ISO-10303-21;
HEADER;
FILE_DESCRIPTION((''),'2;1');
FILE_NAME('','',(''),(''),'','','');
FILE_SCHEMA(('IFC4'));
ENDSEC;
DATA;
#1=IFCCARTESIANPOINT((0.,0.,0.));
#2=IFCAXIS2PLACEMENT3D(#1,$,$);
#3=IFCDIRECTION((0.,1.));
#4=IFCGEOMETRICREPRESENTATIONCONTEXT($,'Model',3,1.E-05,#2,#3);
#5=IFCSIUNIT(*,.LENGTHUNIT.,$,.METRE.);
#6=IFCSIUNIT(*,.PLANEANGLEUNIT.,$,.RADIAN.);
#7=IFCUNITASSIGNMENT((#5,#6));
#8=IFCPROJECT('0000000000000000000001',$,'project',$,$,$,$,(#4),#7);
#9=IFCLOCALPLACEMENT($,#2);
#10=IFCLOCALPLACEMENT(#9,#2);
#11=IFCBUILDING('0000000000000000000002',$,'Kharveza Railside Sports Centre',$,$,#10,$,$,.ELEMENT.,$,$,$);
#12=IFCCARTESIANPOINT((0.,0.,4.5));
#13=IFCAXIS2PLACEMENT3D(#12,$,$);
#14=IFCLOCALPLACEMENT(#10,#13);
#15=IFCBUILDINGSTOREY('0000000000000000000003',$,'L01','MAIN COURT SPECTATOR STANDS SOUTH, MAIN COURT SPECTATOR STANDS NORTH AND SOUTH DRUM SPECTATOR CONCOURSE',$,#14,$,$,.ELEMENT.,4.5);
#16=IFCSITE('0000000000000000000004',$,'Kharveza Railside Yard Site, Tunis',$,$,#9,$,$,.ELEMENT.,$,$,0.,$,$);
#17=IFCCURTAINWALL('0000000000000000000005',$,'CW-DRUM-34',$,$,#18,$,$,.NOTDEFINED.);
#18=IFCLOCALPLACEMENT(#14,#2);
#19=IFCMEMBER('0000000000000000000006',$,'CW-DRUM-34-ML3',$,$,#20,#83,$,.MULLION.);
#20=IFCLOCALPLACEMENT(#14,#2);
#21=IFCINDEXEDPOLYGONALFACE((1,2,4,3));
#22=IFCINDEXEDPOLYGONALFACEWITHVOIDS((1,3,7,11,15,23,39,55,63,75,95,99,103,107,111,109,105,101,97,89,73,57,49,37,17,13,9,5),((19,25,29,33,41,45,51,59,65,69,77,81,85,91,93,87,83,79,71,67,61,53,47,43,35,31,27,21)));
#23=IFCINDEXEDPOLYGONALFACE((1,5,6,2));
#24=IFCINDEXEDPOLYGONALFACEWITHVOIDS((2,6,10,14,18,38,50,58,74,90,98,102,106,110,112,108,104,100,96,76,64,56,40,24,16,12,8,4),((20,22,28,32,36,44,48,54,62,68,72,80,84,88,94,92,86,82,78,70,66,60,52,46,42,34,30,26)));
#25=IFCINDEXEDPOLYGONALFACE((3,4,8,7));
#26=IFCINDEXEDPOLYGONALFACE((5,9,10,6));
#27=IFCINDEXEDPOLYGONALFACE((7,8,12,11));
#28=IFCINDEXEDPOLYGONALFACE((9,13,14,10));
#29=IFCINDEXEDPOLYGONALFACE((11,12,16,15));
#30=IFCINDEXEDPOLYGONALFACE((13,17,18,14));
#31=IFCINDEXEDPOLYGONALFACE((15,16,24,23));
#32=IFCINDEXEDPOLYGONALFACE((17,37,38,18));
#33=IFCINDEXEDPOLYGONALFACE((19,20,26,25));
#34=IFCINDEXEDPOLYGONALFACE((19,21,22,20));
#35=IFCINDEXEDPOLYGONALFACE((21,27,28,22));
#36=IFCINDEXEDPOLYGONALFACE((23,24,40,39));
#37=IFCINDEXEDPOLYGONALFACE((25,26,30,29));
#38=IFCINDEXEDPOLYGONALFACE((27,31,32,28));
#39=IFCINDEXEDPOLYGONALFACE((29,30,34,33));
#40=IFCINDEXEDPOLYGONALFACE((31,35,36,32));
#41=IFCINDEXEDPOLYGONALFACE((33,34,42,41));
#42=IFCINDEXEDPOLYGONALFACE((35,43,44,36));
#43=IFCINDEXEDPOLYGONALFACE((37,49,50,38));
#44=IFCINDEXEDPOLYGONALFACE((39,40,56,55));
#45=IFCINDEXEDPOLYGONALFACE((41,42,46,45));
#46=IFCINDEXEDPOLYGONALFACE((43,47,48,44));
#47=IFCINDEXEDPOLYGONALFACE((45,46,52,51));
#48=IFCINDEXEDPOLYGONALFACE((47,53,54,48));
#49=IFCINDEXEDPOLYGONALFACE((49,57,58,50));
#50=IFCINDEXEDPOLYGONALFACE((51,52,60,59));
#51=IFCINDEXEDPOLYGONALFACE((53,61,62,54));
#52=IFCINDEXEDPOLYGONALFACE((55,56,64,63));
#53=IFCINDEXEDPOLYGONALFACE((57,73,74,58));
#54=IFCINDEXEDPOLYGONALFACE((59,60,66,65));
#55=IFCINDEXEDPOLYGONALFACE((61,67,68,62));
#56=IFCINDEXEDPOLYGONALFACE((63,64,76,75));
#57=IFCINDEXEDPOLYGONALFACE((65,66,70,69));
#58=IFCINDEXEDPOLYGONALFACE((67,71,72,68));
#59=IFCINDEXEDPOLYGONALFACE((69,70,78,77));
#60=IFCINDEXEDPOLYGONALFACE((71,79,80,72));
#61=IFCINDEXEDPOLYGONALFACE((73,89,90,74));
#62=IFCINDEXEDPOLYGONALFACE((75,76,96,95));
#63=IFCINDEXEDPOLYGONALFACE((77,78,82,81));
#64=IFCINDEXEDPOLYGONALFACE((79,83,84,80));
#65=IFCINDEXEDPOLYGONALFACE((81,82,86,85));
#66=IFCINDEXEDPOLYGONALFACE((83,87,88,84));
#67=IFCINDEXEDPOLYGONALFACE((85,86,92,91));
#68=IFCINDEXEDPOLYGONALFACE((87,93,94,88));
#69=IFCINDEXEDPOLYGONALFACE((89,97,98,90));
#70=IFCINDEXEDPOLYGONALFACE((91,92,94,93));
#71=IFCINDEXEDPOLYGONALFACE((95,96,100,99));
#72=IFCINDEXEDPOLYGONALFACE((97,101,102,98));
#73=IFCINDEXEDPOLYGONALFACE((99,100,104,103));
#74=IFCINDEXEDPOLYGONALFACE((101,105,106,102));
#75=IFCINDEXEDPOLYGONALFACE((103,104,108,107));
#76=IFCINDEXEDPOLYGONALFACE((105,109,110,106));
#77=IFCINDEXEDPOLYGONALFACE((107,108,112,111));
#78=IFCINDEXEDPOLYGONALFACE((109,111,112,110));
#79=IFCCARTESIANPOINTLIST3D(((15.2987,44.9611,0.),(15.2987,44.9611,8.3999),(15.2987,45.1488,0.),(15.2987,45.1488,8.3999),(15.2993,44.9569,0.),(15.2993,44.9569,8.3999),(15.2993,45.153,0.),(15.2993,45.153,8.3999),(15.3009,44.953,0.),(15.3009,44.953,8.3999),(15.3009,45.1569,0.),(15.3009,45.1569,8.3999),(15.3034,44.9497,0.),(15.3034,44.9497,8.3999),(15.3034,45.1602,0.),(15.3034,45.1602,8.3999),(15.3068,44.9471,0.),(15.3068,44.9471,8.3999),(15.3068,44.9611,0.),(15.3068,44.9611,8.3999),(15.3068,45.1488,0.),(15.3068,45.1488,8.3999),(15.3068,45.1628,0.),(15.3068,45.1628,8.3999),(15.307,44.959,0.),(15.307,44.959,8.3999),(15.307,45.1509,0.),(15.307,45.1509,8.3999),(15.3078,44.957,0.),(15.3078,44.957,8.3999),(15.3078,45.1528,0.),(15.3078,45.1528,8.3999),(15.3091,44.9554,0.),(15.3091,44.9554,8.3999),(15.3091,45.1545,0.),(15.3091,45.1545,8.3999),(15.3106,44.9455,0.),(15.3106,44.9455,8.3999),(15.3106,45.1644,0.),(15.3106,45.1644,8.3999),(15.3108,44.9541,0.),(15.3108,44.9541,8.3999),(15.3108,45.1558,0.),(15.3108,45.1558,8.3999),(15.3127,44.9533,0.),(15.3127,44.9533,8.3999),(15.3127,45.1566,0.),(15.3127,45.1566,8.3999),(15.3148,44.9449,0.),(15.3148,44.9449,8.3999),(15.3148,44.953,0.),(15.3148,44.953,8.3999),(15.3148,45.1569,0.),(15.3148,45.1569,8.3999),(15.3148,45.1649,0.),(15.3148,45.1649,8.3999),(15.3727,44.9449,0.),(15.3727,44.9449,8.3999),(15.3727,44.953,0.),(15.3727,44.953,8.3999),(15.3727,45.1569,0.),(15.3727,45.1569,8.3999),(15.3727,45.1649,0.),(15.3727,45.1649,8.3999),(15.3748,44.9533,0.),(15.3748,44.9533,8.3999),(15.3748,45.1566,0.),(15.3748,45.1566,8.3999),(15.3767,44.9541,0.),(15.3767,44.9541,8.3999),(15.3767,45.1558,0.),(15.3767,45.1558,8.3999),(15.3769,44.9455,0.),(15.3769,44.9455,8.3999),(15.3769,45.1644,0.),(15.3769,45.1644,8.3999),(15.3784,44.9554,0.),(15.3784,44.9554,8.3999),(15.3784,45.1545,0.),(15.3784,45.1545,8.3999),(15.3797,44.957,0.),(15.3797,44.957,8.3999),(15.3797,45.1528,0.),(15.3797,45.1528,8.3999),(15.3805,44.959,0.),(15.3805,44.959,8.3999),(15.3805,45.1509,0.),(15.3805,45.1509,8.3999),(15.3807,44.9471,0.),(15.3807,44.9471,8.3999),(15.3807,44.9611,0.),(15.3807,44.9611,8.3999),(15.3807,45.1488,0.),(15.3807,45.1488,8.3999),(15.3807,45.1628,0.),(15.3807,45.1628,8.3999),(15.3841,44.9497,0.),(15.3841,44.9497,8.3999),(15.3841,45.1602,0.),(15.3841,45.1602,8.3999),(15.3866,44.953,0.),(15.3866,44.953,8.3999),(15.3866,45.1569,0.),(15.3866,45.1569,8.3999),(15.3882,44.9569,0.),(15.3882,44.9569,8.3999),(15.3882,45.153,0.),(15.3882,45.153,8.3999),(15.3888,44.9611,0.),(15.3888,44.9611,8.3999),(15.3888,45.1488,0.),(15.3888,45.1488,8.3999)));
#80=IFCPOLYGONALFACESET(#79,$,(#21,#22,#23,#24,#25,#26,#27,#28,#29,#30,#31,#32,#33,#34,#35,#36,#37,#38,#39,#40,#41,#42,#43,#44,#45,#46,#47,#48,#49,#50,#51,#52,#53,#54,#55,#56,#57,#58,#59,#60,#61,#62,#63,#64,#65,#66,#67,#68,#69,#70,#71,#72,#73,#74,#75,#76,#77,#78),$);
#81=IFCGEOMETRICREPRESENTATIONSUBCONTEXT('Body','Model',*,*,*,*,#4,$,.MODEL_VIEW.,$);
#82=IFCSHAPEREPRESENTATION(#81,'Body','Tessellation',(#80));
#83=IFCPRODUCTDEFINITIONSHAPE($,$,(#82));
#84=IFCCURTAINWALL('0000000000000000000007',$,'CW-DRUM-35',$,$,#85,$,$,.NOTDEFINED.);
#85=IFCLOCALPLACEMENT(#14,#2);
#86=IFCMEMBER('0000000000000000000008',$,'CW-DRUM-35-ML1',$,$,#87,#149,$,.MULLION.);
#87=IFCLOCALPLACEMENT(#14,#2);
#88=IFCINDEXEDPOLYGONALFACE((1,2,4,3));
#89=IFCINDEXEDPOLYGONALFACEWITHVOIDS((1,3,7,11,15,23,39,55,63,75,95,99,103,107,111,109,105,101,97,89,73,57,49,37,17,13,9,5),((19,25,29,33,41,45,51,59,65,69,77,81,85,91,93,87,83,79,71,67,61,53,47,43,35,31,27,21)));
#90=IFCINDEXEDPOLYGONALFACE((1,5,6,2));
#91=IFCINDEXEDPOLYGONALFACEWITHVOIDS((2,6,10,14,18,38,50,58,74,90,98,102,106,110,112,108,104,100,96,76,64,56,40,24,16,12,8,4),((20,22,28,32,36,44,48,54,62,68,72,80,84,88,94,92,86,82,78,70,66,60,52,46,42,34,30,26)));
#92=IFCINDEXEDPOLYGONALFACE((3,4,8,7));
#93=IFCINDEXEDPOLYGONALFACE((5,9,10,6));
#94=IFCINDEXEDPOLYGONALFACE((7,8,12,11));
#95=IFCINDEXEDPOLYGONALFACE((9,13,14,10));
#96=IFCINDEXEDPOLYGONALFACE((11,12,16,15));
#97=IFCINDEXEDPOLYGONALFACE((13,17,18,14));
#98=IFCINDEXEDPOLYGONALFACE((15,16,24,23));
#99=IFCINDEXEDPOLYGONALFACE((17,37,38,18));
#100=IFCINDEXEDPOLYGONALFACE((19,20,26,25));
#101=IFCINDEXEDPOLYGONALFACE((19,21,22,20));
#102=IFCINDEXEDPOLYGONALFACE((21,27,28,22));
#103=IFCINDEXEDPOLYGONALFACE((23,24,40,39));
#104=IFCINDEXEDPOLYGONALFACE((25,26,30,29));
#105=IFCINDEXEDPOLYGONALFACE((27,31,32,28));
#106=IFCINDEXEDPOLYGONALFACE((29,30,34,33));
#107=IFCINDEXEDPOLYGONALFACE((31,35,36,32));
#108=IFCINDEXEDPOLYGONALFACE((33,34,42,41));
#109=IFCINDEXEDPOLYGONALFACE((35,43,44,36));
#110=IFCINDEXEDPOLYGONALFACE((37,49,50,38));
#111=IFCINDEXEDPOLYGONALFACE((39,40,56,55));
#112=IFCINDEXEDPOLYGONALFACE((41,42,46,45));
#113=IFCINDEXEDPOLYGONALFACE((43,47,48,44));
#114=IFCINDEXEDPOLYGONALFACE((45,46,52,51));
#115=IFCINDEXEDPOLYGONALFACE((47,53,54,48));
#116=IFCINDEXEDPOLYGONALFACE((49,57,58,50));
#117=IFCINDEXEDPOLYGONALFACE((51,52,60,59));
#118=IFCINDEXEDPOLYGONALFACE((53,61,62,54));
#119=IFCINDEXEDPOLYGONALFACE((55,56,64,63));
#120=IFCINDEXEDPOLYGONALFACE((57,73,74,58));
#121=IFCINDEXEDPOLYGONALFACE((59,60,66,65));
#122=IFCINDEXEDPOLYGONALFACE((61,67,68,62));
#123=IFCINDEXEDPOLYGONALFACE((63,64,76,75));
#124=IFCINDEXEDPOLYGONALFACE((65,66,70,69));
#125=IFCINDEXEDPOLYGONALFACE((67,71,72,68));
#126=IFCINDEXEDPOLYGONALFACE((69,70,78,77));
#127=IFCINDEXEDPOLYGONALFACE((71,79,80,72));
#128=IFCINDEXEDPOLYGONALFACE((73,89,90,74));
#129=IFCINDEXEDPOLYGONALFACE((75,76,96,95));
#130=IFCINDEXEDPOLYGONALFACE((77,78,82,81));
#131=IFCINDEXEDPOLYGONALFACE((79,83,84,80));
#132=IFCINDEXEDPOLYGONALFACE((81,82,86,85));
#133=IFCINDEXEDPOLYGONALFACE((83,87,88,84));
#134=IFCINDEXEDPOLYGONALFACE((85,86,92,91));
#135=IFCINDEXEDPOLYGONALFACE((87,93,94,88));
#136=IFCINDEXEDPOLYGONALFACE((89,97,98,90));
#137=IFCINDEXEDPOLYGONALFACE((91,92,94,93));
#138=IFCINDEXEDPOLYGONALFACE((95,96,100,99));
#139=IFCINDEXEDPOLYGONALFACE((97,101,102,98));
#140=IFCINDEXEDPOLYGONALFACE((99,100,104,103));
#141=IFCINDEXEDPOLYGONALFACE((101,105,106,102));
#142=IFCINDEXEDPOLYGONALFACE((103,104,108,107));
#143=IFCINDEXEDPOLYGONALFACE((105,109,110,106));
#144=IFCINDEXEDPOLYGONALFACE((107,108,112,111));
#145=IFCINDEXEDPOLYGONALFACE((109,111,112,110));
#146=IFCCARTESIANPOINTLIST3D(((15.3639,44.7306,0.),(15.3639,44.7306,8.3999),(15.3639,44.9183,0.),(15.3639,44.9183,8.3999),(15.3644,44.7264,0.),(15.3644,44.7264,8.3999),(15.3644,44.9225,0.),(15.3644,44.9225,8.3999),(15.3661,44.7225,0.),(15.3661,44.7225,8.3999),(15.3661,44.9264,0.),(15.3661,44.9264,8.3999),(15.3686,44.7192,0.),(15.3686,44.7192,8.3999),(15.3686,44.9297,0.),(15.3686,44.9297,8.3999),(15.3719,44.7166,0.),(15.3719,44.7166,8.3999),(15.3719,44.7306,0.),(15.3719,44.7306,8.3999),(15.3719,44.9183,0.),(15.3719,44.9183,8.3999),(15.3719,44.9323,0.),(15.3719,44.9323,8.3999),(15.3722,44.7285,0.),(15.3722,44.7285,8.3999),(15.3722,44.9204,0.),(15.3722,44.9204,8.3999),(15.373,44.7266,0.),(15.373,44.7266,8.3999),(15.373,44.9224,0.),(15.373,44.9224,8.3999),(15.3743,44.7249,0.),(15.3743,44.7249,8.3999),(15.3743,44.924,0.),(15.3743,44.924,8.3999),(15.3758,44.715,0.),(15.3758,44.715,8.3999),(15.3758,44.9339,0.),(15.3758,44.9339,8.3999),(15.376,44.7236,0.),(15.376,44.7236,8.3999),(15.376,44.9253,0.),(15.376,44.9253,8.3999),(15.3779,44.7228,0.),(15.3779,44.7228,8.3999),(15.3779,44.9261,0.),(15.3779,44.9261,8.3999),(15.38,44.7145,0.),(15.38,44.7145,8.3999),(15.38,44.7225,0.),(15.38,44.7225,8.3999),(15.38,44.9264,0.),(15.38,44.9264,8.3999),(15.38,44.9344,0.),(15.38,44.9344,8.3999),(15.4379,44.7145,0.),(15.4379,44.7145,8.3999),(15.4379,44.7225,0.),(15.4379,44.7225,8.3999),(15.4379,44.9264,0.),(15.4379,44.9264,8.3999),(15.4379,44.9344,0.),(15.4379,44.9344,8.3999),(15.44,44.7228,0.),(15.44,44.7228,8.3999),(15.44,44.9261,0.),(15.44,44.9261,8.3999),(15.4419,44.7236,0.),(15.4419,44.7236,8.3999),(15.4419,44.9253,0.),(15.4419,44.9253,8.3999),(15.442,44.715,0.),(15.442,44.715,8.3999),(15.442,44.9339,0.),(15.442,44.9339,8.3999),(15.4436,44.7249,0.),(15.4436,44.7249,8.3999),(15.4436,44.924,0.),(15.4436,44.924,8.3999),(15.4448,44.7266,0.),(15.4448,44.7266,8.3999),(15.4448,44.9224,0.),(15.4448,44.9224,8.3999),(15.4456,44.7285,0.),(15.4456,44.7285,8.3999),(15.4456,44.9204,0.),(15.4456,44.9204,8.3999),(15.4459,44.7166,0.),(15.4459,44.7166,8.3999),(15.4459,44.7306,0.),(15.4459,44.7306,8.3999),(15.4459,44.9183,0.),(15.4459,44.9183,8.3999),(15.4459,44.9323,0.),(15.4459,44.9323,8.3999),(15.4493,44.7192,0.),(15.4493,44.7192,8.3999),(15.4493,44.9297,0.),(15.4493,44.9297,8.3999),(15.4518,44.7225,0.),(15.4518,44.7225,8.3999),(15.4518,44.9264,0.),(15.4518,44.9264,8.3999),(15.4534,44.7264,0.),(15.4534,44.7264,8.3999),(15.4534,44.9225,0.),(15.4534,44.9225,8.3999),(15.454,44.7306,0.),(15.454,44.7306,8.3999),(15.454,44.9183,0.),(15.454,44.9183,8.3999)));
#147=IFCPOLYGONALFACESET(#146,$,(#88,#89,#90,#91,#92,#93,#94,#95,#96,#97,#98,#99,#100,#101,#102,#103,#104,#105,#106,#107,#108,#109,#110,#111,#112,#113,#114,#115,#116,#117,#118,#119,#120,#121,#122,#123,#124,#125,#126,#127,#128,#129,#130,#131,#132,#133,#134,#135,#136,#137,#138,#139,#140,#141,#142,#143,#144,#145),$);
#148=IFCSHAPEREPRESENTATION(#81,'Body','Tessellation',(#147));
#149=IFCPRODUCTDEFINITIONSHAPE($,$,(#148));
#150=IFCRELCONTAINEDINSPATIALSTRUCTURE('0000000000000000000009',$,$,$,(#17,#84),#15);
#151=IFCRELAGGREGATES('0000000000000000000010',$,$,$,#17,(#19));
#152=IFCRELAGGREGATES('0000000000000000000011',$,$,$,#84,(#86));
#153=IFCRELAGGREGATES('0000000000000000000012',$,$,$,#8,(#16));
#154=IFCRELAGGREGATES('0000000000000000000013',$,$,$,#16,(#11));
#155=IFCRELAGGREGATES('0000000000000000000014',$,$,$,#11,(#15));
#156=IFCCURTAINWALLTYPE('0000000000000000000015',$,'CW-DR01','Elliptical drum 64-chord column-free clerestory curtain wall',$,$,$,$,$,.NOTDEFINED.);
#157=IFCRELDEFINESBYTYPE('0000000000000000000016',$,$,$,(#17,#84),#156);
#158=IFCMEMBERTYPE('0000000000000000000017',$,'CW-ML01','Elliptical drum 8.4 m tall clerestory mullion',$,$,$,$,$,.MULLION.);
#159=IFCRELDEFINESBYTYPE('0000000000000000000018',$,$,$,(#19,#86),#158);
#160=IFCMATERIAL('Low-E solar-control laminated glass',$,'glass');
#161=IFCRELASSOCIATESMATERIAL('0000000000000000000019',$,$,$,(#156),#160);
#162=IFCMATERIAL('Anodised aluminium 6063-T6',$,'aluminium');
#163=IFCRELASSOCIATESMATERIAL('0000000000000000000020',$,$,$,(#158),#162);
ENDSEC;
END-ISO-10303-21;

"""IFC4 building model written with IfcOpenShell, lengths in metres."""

from ifc_helpers import new_model, si_unit, direction, frame, origin, origin_2d, place, context, subcontext, project, spatial, hollow_rectangle, extrude, material, material_profile, profile_set, type_object, element, aggregate, save


model = new_model("IFC4")

# Units and contexts
model_context = context("Model", 3, precision=1e-05, world=origin(), true_north=direction((0.0, 1.0)))
body_context = subcontext(model_context, "Body", "Model", "MODEL_VIEW")
ifc_project = project(units=[si_unit("LENGTHUNIT", "METRE"), si_unit("PLANEANGLEUNIT", "RADIAN")], contexts=[model_context])

# Site, building, storey
site_placement = place(None, origin())
site = spatial("IfcSite", under=ifc_project, at=site_placement, Name="Kharveza Railside Yard Site, Tunis", CompositionType="ELEMENT", RefElevation=0.0)
building_placement = place(site_placement, origin())
building = spatial("IfcBuilding", under=site, at=building_placement, Name="Kharveza Railside Sports Centre", CompositionType="ELEMENT")
storey_placement = place(building_placement, frame((0.0, 0.0, 4.5)))
storey = spatial("IfcBuildingStorey", under=building, at=storey_placement, Name="L01", Description="MAIN COURT SPECTATOR STANDS SOUTH, MAIN COURT SPECTATOR STANDS NORTH AND SOUTH DRUM SPECTATOR CONCOURSE", CompositionType="ELEMENT", Elevation=4.5)

# Curtain walls, members
ifc_material_1 = material(Name="Low-E solar-control laminated glass", Category="glass")
curtain_wall_type = type_object("IfcCurtainWallType", Name="CW-DR01", Description="Elliptical drum 64-chord column-free clerestory curtain wall", PredefinedType="NOTDEFINED", material=ifc_material_1)
ifc_material_2 = material(Name="Anodised aluminium 6063-T6", Category="aluminium")
ifc_material_profile_1 = material_profile(ifc_material_2, hollow_rectangle(XDim=0.0901, YDim=0.22, WallThickness=0.0081, InnerFilletRadius=0.0081, OuterFilletRadius=0.0161, at=origin_2d()), Name="RHS 90x220x8.0")
ifc_profile_set_1 = profile_set([ifc_material_profile_1], Name="Anodised aluminium 6063-T6")
member_type_1 = type_object("IfcMemberType", Name="CW-ML01", Description="Elliptical drum 8.4 m tall clerestory mullion", PredefinedType="MULLION", material=ifc_profile_set_1)
curtain_wall_1_placement = place(storey_placement, origin())
curtain_wall_1 = element("IfcCurtainWall", 1, at=curtain_wall_1_placement, inside=storey, type_object=curtain_wall_type, Name="CW-DRUM-34", PredefinedType="NOTDEFINED")
member_1_placement = place(storey_placement, frame((15.3438, 45.0549, 0.0), z_axis=(0.0, 0.0, 1.0), x_axis=(1.0, 0.0, 0.0)))
member_1 = element("IfcMember", 2, at=member_1_placement, type_object=member_type_1, Name="CW-DRUM-34-ML3", PredefinedType="MULLION", context=body_context, shape_type="SweptSolid", body=[
    extrude(hollow_rectangle(XDim=0.0901, YDim=0.22, WallThickness=0.0081, InnerFilletRadius=0.0081, OuterFilletRadius=0.0161, at=origin_2d()), origin(), (0.0, 0.0, 1.0), 8.3999),
])
curtain_wall_2_placement = place(storey_placement, origin())
curtain_wall_2 = element("IfcCurtainWall", 3, at=curtain_wall_2_placement, inside=storey, type_object=curtain_wall_type, Name="CW-DRUM-35", PredefinedType="NOTDEFINED")
member_2_placement = place(storey_placement, frame((15.4089, 44.8245, 0.0), z_axis=(0.0, 0.0, 1.0), x_axis=(1.0, 0.0, 0.0)))
member_2 = element("IfcMember", 4, at=member_2_placement, type_object=member_type_1, Name="CW-DRUM-35-ML1", PredefinedType="MULLION", context=body_context, shape_type="SweptSolid", body=[
    extrude(hollow_rectangle(XDim=0.0901, YDim=0.22, WallThickness=0.0081, InnerFilletRadius=0.0081, OuterFilletRadius=0.0161, at=origin_2d()), origin(), (0.0, 0.0, 1.0), 8.3999),
])

aggregate(curtain_wall_1, [member_1])
aggregate(curtain_wall_2, [member_2])

save(model, "model.ifc")
